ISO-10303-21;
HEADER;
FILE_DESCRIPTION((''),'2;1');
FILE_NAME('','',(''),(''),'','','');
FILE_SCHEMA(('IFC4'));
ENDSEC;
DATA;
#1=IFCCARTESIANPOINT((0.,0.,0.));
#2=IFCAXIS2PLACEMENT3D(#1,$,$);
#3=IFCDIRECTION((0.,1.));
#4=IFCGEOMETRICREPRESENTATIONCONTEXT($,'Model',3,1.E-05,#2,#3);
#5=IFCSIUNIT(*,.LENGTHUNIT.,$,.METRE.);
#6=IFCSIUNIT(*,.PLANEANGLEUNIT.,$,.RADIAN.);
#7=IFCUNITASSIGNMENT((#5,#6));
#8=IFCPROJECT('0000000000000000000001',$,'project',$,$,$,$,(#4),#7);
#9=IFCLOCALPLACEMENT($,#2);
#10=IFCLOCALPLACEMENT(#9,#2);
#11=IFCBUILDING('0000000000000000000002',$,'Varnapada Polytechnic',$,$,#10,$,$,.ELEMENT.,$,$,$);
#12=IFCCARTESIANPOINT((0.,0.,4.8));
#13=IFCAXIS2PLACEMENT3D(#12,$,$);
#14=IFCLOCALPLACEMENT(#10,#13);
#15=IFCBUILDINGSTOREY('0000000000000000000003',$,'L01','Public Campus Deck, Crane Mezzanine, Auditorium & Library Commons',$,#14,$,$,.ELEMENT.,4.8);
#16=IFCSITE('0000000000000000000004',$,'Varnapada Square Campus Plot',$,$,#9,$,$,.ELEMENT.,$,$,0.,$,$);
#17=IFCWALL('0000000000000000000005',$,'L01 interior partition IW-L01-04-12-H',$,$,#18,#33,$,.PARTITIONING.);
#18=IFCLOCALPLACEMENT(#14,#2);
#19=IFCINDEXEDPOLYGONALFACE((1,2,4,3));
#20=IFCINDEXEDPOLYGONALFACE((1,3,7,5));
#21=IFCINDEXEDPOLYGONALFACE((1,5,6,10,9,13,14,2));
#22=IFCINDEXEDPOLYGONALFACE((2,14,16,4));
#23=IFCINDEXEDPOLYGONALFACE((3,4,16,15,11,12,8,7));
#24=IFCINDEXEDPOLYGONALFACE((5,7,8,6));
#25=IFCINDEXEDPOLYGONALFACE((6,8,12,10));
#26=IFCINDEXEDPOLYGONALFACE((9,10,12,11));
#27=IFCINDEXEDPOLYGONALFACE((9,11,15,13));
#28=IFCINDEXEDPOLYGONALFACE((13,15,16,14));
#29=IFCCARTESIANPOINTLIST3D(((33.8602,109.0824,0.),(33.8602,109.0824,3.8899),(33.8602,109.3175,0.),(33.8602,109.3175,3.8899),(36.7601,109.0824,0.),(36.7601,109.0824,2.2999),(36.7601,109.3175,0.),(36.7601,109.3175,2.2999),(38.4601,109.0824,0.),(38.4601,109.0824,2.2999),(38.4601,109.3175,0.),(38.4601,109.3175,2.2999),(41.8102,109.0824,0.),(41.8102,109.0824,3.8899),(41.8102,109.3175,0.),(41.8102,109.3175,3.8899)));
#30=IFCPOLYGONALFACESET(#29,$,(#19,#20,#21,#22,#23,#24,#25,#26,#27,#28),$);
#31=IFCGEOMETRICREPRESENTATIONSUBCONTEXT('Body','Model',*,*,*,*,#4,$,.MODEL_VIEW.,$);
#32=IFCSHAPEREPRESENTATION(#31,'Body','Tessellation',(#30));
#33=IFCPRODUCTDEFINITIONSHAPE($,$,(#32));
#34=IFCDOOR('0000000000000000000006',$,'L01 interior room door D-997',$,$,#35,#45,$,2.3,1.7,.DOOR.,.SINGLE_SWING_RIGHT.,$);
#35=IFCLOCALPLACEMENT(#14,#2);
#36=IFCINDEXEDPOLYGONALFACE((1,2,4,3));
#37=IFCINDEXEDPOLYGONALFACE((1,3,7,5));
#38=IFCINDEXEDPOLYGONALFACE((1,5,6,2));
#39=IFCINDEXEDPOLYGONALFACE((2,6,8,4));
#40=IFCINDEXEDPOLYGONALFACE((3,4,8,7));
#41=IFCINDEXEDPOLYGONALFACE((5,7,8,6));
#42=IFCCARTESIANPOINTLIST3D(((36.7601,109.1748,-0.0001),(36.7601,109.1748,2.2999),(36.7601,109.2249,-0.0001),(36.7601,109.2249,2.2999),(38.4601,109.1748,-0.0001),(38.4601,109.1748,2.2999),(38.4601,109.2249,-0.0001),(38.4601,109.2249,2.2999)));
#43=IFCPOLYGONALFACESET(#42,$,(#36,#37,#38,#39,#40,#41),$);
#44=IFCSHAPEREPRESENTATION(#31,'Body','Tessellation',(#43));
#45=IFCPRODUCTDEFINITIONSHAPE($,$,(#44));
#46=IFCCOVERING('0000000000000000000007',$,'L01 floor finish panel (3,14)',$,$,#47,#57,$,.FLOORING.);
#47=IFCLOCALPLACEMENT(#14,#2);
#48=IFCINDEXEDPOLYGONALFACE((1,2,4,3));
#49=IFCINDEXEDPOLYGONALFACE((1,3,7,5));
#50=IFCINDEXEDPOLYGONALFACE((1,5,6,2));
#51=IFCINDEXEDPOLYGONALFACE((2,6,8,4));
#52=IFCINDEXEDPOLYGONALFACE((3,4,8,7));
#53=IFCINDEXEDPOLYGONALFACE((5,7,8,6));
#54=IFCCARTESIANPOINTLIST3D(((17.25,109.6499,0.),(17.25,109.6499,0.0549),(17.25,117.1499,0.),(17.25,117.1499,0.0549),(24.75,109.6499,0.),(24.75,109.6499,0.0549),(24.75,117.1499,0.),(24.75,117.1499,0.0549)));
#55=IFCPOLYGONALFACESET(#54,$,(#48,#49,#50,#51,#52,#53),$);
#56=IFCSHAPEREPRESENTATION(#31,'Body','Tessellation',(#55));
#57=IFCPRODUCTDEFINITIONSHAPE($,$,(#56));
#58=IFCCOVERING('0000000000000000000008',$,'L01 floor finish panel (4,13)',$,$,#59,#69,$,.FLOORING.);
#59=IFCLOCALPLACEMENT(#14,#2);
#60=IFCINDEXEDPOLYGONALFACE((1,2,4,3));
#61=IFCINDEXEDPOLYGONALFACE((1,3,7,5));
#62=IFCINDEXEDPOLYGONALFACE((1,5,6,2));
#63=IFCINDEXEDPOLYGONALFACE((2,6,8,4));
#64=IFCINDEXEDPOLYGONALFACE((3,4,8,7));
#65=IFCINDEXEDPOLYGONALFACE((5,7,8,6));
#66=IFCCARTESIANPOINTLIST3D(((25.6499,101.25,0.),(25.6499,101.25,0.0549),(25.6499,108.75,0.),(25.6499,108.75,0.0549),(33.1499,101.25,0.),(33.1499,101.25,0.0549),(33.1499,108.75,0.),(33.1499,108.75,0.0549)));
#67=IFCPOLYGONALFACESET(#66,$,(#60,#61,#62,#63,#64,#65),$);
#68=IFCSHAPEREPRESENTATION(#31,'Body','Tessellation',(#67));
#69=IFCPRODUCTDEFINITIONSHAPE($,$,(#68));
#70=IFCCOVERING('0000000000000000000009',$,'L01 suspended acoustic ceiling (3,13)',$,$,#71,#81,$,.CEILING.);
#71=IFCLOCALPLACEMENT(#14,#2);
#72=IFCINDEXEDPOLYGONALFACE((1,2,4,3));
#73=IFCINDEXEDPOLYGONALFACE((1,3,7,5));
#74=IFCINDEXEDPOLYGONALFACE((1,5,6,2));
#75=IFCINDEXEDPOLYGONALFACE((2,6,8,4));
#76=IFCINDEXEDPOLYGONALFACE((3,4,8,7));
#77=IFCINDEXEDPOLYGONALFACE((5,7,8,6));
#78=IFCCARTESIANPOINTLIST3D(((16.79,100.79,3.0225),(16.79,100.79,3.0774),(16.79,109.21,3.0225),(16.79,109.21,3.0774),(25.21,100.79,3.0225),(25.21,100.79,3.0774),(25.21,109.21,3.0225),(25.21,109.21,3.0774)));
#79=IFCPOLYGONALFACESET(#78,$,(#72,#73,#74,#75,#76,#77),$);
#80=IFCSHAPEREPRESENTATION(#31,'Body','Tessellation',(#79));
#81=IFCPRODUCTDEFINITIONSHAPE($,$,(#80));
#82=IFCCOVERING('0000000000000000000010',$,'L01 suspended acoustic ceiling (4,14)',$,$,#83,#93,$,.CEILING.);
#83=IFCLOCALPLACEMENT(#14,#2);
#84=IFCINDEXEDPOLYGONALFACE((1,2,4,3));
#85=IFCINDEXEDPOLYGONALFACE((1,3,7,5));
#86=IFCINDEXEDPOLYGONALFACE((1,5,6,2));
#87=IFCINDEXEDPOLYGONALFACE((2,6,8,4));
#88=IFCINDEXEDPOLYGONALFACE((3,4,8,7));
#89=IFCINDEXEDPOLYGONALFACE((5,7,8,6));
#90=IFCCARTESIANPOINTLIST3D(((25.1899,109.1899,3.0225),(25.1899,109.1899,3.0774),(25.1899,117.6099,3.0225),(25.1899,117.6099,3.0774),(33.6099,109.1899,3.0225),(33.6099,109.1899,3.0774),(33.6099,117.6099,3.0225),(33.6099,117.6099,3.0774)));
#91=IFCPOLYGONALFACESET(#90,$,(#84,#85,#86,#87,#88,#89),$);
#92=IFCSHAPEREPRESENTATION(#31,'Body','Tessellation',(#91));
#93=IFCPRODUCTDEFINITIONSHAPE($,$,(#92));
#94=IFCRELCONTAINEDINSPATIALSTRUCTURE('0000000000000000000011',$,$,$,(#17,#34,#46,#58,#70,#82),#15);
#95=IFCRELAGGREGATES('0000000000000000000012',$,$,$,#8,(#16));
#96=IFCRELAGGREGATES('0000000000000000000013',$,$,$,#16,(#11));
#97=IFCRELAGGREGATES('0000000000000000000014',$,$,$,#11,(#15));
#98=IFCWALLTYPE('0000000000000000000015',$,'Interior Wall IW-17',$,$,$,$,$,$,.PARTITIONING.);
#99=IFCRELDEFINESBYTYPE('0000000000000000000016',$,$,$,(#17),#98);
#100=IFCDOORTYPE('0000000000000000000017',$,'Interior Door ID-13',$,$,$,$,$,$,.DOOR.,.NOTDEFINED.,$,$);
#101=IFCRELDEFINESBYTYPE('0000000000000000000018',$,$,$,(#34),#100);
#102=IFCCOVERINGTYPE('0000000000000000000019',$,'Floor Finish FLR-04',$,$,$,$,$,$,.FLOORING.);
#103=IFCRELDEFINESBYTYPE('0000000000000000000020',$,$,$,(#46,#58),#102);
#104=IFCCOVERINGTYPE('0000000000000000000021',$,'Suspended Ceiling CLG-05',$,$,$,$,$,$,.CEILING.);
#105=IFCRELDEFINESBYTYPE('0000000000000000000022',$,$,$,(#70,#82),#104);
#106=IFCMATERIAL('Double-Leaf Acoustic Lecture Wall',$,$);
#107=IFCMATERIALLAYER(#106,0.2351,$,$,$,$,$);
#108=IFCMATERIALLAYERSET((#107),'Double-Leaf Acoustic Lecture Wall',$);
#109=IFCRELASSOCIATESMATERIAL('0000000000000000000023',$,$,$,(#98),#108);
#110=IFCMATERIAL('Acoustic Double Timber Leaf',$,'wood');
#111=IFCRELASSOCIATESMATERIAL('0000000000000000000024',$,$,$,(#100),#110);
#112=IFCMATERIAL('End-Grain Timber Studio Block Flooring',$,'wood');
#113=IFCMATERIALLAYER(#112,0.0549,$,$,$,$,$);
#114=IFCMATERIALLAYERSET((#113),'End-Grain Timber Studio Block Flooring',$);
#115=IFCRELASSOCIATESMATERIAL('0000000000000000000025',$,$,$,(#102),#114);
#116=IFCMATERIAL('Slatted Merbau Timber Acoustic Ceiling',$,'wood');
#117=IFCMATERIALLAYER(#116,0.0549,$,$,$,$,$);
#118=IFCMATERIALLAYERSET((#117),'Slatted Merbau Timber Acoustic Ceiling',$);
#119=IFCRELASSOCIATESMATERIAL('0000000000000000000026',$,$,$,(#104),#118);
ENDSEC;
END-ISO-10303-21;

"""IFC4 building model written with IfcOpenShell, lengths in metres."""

from ifc_helpers import new_model, si_unit, direction, frame, frame_2d, origin, origin_2d, place, context, subcontext, project, spatial, rectangle, extrude, material, layer, layer_set, type_object, element, fill, save


model = new_model("IFC4")

# Units and contexts
model_context = context("Model", 3, precision=1e-05, world=origin(), true_north=direction((0.0, 1.0)))
body_context = subcontext(model_context, "Body", "Model", "MODEL_VIEW")
ifc_project = project(units=[si_unit("LENGTHUNIT", "METRE"), si_unit("PLANEANGLEUNIT", "RADIAN")], contexts=[model_context])

# Site, building, storey
site_placement = place(None, origin())
site = spatial("IfcSite", under=ifc_project, at=site_placement, Name="Varnapada Square Campus Plot", CompositionType="ELEMENT", RefElevation=0.0)
building_placement = place(site_placement, origin())
building = spatial("IfcBuilding", under=site, at=building_placement, Name="Varnapada Polytechnic", CompositionType="ELEMENT")
storey_placement = place(building_placement, frame((0.0, 0.0, 4.8)))
storey = spatial("IfcBuildingStorey", under=building, at=storey_placement, Name="L01", Description="Public Campus Deck, Crane Mezzanine, Auditorium & Library Commons", CompositionType="ELEMENT", Elevation=4.8)

# Wall, opening, door
ifc_material_1 = material(Name="Double-Leaf Acoustic Lecture Wall")
ifc_layer_1 = layer(ifc_material_1, 0.2351)
ifc_layer_set_1 = layer_set([ifc_layer_1], Name="Double-Leaf Acoustic Lecture Wall")
wall_type_1 = type_object("IfcWallType", Name="Interior Wall IW-17", PredefinedType="PARTITIONING", material=ifc_layer_set_1)
wall_1_placement = place(storey_placement, frame((33.8601, 109.2, 0.0), z_axis=(0.0, 0.0, 1.0), x_axis=(1.0, 0.0, 0.0)))
wall_1 = element("IfcWall", 1, at=wall_1_placement, inside=storey, type_object=wall_type_1, Name="L01 interior partition IW-L01-04-12-H", PredefinedType="PARTITIONING", context=body_context, shape_type="SweptSolid", body=[
    extrude(rectangle(XDim=7.95, YDim=0.2351, at=frame_2d((3.9751, 0.0))), origin(), (0.0, 0.0, 1.0), 3.8899),
])
opening_1_placement = place(wall_1_placement, frame((2.8999, 0.0, 0.0)))
opening_1 = element("IfcOpeningElement", 2, at=opening_1_placement, cuts=wall_1, PredefinedType="OPENING", context=body_context, shape_type="SweptSolid", body=[
    extrude(rectangle(XDim=1.7, YDim=2.3, at=frame_2d((0.8501, 1.1499))), frame((0.0, 0.1274, 0.0), z_axis=(0.0, -1.0, 0.0), x_axis=(1.0, 0.0, 0.0)), (0.0, 0.0, 1.0), 0.2551),
])
ifc_material_2 = material(Name="Acoustic Double Timber Leaf", Category="wood")
door_type_1 = type_object("IfcDoorType", Name="Interior Door ID-13", OperationType="NOTDEFINED", PredefinedType="DOOR", material=ifc_material_2)
door_1_placement = place(opening_1_placement, origin())
door_1 = element("IfcDoor", 3, at=door_1_placement, inside=storey, type_object=door_type_1, Name="L01 interior room door D-997", OperationType="SINGLE_SWING_RIGHT", OverallHeight=2.3, OverallWidth=1.7, PredefinedType="DOOR", context=body_context, shape_type="SweptSolid", body=[
    extrude(rectangle(XDim=1.7, YDim=2.3, at=frame_2d((0.8501, 1.1499))), frame((0.0, 0.0249, 0.0), z_axis=(0.0, -1.0, 0.0), x_axis=(1.0, 0.0, 0.0)), (0.0, 0.0, 1.0), 0.05),
])
fill(opening_1, door_1)

# Coverings
ifc_material_3 = material(Name="End-Grain Timber Studio Block Flooring", Category="wood")
ifc_layer_2 = layer(ifc_material_3, 0.0549)
ifc_layer_set_2 = layer_set([ifc_layer_2], Name="End-Grain Timber Studio Block Flooring")
covering_type_1 = type_object("IfcCoveringType", Name="Floor Finish FLR-04", PredefinedType="FLOORING", material=ifc_layer_set_2)
for number, where, z_axis, x_axis, name in (
    (4, (21.0, 113.3999, 0.0), (0.0, 0.0, 1.0), (1.0, 0.0, 0.0), "L01 floor finish panel (3,14)"),
    (5, (29.3999, 105.0, 0.0), (0.0, 0.0, 1.0), (1.0, 0.0, 0.0), "L01 floor finish panel (4,13)"),
):
    element("IfcCovering", number, at=place(storey_placement, frame(where, z_axis=z_axis, x_axis=x_axis)), inside=storey, type_object=covering_type_1, Name=name, PredefinedType="FLOORING", context=body_context, shape_type="SweptSolid", body=[
        extrude(rectangle(XDim=7.5, YDim=7.5, at=origin_2d()), origin(), (0.0, 0.0, 1.0), 0.0549),
    ])
ifc_material_4 = material(Name="Slatted Merbau Timber Acoustic Ceiling", Category="wood")
ifc_layer_3 = layer(ifc_material_4, 0.0549)
ifc_layer_set_3 = layer_set([ifc_layer_3], Name="Slatted Merbau Timber Acoustic Ceiling")
covering_type_2 = type_object("IfcCoveringType", Name="Suspended Ceiling CLG-05", PredefinedType="CEILING", material=ifc_layer_set_3)
for number, where, z_axis, x_axis, name in (
    (6, (21.0, 105.0, 3.0225), (0.0, 0.0, 1.0), (1.0, 0.0, 0.0), "L01 suspended acoustic ceiling (3,13)"),
    (7, (29.3999, 113.3999, 3.0225), (0.0, 0.0, 1.0), (1.0, 0.0, 0.0), "L01 suspended acoustic ceiling (4,14)"),
):
    element("IfcCovering", number, at=place(storey_placement, frame(where, z_axis=z_axis, x_axis=x_axis)), inside=storey, type_object=covering_type_2, Name=name, PredefinedType="CEILING", context=body_context, shape_type="SweptSolid", body=[
        extrude(rectangle(XDim=8.4199, YDim=8.4199, at=origin_2d()), origin(), (0.0, 0.0, 1.0), 0.0549),
    ])

save(model, "model.ifc")
